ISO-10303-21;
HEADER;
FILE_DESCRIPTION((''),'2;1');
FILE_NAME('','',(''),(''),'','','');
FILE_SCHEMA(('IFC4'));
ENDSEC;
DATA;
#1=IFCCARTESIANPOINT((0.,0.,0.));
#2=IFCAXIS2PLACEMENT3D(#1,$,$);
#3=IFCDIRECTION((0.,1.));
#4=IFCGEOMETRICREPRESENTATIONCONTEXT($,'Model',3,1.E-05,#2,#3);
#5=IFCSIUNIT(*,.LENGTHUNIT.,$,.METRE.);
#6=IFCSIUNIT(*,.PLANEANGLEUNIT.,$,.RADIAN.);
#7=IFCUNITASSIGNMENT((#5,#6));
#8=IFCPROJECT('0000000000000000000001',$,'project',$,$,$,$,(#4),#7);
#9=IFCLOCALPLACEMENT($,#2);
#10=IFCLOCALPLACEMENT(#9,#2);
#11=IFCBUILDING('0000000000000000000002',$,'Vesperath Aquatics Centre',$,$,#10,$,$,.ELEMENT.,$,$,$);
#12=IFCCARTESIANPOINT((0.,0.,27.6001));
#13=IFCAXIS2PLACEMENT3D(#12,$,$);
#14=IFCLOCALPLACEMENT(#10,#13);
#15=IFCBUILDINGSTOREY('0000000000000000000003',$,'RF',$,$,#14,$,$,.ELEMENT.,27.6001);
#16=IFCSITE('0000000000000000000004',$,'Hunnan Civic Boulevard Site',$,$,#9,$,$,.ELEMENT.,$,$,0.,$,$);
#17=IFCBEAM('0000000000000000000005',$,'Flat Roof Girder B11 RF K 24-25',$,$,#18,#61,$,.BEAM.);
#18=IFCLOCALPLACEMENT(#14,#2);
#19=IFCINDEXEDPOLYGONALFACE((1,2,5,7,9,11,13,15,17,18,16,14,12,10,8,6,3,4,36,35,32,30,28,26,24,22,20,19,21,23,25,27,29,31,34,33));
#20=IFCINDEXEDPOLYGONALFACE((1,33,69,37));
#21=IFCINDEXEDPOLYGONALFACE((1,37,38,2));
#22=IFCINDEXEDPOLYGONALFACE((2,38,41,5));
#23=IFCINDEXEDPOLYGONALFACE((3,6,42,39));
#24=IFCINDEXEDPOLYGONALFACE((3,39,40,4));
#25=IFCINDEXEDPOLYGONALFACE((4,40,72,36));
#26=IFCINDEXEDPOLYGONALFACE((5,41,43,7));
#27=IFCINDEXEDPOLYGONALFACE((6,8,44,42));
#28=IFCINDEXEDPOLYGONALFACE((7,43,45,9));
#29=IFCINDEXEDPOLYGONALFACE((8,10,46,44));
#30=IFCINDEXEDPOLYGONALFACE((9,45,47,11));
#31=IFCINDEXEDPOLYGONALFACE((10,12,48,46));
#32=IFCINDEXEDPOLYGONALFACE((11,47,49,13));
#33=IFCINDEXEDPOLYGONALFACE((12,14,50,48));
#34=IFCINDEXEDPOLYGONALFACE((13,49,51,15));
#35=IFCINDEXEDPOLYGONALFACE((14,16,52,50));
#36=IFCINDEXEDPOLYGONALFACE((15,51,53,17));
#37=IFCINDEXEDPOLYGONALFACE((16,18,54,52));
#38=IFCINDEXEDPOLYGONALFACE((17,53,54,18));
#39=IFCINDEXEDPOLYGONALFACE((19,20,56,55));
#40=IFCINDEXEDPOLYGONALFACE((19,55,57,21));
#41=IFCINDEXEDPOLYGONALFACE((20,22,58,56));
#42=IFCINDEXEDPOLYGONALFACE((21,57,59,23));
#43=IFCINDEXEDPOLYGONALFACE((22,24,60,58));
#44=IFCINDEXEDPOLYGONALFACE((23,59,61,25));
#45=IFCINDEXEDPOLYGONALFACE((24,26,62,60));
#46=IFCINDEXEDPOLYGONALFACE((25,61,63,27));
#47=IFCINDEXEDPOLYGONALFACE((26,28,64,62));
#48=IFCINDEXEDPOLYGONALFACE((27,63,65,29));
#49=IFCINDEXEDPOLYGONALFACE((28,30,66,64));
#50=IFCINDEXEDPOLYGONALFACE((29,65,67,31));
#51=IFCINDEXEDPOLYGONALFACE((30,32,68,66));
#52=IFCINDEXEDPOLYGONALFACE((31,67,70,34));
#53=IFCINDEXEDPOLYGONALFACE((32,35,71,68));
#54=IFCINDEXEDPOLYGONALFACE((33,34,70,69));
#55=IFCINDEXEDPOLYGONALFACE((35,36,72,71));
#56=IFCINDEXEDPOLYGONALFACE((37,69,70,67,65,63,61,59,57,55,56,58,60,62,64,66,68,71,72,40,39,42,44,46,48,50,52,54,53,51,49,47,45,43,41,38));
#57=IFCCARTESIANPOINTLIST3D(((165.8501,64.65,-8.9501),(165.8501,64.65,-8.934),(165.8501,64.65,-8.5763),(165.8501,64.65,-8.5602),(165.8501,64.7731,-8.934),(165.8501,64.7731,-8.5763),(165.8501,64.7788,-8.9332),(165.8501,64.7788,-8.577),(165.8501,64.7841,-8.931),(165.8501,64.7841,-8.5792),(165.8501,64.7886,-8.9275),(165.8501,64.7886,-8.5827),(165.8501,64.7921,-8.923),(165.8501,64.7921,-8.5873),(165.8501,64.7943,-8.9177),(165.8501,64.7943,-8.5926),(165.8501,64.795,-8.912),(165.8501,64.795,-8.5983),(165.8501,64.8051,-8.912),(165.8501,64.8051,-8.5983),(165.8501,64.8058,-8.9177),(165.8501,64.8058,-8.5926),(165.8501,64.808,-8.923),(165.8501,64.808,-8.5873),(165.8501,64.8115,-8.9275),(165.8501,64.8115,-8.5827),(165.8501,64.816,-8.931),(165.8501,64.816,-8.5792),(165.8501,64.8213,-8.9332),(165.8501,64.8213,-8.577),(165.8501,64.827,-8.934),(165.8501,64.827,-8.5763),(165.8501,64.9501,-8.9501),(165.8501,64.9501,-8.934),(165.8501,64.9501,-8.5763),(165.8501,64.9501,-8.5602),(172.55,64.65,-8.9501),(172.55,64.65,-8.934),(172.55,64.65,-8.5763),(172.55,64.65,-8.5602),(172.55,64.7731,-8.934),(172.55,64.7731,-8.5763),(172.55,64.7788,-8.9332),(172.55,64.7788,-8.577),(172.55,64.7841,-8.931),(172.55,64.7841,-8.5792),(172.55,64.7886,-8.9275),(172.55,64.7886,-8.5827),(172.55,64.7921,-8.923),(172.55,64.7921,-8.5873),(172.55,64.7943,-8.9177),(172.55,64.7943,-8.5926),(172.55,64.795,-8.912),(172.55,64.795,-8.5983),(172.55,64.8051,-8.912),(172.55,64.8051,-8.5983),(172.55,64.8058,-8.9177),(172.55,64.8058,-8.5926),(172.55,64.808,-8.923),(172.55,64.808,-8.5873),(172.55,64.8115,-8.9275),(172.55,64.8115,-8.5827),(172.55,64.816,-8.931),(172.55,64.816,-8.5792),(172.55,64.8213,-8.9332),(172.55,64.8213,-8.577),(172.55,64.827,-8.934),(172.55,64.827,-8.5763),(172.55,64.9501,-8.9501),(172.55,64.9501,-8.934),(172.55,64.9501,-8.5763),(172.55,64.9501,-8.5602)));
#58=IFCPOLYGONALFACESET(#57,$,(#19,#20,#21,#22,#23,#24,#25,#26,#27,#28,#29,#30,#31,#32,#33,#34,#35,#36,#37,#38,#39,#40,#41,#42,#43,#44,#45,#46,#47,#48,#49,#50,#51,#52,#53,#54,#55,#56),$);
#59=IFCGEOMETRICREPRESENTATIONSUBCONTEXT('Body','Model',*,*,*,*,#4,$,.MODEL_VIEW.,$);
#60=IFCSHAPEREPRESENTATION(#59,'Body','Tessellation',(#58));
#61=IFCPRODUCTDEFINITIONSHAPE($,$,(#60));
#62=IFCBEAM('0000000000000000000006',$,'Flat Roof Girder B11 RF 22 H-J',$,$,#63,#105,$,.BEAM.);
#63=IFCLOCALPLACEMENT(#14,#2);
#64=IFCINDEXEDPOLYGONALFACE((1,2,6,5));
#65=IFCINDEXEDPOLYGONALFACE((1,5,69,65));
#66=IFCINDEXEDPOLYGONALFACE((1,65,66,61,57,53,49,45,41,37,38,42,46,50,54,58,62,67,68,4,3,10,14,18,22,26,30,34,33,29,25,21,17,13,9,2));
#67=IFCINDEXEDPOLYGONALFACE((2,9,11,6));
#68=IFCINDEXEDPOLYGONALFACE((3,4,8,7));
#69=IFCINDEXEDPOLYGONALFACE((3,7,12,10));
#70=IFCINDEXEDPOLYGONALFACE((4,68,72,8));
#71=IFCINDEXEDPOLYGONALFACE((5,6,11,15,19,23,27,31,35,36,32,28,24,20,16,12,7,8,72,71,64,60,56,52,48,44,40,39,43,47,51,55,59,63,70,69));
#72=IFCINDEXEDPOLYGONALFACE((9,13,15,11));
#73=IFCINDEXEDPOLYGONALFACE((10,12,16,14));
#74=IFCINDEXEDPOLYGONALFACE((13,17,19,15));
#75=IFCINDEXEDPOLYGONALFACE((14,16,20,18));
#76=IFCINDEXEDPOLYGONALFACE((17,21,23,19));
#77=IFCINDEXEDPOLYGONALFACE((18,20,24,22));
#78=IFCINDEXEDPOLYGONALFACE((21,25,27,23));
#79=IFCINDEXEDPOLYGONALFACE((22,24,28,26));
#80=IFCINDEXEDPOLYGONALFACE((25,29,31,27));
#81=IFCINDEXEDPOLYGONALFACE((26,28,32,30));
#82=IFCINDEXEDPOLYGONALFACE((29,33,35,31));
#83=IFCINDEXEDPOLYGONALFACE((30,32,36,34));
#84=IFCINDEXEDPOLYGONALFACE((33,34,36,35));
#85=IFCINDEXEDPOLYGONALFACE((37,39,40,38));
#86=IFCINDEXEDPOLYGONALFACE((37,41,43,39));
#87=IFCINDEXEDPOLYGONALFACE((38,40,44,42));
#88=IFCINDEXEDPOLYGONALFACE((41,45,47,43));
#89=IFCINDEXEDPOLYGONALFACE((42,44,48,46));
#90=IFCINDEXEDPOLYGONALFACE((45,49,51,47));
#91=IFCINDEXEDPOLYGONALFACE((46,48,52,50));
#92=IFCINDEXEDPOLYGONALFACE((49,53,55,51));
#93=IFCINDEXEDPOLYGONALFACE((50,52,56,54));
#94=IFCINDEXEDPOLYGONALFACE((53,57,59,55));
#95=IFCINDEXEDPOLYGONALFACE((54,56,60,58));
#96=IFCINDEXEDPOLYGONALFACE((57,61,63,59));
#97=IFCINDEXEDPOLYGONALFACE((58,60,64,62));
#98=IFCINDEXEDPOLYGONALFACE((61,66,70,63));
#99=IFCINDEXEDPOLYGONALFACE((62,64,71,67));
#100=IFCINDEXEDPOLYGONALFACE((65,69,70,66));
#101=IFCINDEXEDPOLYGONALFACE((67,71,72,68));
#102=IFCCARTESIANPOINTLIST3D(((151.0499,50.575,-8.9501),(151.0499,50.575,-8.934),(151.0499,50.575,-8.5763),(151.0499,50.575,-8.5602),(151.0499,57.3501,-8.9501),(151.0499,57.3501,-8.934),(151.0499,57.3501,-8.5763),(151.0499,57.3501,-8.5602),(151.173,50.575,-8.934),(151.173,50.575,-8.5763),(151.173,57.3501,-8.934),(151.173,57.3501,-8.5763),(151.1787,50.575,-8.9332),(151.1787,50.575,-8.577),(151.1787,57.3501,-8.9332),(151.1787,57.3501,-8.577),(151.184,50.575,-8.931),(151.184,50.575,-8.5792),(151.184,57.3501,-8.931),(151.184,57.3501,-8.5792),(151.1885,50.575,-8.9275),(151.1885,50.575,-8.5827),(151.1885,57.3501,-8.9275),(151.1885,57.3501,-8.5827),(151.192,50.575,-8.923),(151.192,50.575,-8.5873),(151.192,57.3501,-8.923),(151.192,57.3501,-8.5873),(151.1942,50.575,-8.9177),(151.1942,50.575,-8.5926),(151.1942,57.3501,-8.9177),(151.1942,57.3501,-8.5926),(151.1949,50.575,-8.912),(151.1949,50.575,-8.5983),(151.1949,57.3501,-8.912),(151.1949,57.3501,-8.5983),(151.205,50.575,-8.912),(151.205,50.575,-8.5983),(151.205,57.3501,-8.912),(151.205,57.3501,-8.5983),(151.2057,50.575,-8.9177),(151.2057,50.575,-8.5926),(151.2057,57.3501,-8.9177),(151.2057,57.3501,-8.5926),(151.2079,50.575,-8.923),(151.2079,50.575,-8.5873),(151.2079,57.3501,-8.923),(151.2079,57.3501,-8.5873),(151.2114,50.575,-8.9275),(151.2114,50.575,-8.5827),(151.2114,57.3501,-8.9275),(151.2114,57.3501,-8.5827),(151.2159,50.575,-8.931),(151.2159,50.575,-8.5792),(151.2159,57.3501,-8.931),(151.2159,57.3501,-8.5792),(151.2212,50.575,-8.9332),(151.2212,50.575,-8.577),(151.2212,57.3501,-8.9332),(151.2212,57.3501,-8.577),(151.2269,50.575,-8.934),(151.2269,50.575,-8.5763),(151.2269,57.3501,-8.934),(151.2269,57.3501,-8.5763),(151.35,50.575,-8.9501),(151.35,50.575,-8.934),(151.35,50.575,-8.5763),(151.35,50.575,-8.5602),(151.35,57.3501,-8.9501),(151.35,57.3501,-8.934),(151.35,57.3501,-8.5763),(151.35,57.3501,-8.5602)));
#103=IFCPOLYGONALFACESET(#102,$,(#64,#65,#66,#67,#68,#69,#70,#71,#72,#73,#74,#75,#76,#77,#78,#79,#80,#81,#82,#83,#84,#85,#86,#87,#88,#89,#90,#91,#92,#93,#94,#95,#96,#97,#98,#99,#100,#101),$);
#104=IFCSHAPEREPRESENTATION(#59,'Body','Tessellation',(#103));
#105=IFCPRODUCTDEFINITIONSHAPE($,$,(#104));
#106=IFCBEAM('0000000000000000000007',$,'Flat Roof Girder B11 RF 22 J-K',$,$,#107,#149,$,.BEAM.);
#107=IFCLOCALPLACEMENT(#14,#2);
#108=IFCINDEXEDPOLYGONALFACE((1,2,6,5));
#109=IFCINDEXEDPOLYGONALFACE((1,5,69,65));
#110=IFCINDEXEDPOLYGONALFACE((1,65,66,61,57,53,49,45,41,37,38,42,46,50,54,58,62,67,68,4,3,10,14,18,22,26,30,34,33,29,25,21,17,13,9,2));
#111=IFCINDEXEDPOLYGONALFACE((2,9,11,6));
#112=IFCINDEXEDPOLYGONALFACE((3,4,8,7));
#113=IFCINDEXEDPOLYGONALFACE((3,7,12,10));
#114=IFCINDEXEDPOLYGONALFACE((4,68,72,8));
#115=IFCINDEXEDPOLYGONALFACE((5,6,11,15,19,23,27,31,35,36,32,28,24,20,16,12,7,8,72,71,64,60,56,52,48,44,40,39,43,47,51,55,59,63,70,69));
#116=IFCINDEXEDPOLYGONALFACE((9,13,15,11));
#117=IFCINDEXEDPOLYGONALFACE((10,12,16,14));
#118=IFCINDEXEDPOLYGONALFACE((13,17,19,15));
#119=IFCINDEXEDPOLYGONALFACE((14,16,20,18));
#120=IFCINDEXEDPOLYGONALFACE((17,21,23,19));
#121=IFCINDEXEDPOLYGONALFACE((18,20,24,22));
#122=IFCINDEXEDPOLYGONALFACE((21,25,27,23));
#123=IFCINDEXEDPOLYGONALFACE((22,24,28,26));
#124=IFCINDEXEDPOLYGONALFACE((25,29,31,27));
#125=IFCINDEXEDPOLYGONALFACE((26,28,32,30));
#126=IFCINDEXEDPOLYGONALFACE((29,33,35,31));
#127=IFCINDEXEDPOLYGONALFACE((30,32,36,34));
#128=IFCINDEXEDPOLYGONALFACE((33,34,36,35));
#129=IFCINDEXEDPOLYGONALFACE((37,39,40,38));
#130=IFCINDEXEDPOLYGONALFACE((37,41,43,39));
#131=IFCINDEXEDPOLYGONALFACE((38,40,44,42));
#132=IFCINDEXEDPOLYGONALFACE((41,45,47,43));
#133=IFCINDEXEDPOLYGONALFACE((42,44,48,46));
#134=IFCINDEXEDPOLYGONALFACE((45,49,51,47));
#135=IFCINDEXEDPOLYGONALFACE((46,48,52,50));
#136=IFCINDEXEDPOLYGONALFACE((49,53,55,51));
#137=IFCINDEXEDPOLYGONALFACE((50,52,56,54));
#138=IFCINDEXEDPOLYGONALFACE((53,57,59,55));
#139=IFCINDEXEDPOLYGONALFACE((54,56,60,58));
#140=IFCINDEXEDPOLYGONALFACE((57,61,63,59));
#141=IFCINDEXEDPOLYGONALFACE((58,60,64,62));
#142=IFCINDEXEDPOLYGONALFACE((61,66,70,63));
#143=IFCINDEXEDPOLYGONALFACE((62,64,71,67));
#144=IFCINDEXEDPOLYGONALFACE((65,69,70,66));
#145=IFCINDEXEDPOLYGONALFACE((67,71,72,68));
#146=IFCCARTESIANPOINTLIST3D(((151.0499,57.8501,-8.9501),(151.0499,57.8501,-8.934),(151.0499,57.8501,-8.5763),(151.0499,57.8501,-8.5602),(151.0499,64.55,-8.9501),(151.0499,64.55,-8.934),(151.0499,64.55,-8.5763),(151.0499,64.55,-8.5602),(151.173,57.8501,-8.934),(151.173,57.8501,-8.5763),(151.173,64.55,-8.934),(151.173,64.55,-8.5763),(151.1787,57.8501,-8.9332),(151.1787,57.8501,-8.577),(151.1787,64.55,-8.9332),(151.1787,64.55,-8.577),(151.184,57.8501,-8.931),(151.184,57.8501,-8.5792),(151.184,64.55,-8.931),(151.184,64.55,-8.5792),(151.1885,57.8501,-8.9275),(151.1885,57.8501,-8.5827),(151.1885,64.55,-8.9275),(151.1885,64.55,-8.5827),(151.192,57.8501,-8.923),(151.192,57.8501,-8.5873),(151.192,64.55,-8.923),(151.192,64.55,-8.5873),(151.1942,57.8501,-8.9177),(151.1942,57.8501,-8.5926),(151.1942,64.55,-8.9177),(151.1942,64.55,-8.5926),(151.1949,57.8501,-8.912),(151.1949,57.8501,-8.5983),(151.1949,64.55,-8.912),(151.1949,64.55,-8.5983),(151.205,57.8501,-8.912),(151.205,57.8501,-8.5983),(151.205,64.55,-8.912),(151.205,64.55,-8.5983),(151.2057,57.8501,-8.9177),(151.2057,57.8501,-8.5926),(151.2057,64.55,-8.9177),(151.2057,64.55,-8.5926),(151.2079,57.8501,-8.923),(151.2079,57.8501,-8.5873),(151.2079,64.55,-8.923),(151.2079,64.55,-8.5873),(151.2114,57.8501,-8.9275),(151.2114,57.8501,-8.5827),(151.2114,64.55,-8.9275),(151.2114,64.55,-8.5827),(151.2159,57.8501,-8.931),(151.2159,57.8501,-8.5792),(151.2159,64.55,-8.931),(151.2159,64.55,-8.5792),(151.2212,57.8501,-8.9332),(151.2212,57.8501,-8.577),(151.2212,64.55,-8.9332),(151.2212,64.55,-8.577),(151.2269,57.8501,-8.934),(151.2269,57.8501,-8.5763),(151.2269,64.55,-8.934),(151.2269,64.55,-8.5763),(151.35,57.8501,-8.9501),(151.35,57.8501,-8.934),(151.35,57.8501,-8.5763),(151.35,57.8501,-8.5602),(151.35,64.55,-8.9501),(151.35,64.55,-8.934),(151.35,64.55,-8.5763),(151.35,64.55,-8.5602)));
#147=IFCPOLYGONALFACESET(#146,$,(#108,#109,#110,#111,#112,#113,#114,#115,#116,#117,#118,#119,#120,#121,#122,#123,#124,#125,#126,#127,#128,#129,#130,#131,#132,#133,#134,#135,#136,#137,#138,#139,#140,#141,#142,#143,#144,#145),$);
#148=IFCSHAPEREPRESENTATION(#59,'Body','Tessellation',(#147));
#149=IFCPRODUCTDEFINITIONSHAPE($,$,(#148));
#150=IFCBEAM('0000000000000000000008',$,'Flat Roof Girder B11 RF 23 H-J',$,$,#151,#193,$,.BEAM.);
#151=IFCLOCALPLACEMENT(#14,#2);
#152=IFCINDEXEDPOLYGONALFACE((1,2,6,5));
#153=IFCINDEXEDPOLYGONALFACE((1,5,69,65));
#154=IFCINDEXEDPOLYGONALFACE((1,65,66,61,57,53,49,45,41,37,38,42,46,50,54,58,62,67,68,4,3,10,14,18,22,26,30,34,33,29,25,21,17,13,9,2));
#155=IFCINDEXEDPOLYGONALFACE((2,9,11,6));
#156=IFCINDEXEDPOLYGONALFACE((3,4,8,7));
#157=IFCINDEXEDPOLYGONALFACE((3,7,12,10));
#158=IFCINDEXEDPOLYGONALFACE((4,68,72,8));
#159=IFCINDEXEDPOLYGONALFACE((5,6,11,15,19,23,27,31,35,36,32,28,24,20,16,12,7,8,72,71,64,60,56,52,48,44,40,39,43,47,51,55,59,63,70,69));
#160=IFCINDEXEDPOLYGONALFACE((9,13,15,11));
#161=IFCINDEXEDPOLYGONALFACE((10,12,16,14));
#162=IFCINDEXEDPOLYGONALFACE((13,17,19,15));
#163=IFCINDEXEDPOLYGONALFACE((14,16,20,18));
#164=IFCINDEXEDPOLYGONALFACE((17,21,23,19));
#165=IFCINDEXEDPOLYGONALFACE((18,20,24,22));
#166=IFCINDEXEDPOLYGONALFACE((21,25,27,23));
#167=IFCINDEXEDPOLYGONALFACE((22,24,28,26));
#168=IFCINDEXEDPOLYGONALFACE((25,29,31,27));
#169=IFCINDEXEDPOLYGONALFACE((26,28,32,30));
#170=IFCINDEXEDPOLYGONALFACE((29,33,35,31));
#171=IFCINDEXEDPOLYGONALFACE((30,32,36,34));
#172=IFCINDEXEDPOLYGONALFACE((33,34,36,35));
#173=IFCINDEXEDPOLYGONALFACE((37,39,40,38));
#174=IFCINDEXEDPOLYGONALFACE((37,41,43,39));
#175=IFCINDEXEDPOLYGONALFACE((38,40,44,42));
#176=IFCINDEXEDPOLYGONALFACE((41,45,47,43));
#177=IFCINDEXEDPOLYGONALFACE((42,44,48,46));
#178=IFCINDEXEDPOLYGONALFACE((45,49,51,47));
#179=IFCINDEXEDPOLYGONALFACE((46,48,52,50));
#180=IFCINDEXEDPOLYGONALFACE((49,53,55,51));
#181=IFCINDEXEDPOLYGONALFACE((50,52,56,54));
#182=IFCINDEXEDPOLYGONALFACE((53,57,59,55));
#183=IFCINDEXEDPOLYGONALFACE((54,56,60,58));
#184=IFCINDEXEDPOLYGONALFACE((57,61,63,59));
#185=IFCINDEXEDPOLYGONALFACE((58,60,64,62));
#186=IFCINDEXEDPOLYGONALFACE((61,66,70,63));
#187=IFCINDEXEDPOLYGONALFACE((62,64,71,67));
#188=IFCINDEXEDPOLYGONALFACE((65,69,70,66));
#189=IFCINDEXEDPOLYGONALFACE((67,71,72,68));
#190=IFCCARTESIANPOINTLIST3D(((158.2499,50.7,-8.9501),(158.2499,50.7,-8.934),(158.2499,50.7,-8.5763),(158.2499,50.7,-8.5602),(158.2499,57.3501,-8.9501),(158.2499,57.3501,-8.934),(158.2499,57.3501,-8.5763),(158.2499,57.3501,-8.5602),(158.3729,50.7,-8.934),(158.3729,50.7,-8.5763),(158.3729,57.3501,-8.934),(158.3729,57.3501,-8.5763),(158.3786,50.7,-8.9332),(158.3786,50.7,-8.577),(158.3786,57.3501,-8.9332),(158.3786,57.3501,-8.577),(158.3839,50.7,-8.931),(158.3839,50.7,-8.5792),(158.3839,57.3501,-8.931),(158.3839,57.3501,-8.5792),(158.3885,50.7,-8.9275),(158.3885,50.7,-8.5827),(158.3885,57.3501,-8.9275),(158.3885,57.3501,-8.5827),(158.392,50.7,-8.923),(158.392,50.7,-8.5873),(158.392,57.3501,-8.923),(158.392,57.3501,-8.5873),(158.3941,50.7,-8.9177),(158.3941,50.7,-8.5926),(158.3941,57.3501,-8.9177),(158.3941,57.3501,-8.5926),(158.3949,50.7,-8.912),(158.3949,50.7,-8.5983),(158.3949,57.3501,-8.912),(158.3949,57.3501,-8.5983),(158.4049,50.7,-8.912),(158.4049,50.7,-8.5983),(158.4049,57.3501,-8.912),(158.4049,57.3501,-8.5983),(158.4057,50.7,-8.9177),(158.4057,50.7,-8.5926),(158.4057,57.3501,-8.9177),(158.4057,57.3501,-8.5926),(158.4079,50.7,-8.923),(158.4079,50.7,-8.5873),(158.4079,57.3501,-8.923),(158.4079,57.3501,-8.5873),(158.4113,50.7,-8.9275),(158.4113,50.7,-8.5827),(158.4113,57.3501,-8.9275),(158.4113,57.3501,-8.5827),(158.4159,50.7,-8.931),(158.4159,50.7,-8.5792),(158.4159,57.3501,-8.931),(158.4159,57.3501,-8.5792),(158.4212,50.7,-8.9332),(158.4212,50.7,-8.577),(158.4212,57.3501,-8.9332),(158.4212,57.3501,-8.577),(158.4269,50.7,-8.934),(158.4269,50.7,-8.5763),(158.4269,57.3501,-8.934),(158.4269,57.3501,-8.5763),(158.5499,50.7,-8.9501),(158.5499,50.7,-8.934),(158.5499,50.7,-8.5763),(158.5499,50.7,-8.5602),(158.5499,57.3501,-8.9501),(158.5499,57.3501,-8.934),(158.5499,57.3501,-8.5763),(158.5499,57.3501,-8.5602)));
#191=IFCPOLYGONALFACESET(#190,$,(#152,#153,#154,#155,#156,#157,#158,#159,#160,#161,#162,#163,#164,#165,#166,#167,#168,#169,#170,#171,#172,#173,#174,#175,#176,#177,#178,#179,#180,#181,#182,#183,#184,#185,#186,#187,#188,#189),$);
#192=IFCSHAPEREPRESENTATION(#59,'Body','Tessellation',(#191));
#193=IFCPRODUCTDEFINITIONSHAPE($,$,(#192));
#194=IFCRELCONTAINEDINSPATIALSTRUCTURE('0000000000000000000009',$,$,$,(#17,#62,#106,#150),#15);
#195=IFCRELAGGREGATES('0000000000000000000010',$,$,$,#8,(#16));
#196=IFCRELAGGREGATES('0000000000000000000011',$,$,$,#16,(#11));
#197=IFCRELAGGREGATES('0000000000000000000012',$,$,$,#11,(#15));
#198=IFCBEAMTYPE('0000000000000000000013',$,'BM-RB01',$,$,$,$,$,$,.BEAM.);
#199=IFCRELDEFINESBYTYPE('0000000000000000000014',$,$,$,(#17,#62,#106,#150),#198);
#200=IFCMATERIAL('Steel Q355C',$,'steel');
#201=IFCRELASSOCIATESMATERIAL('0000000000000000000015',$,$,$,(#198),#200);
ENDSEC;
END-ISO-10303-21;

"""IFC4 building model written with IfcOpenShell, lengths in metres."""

from ifc_helpers import new_model, si_unit, direction, frame, origin, origin_2d, place, context, subcontext, project, spatial, i_section, extrude, material, material_profile, profile_set, type_object, element, save


model = new_model("IFC4")

# Units and contexts
model_context = context("Model", 3, precision=1e-05, world=origin(), true_north=direction((0.0, 1.0)))
body_context = subcontext(model_context, "Body", "Model", "MODEL_VIEW")
ifc_project = project(units=[si_unit("LENGTHUNIT", "METRE"), si_unit("PLANEANGLEUNIT", "RADIAN")], contexts=[model_context])

# Site, building, storey
site_placement = place(None, origin())
site = spatial("IfcSite", under=ifc_project, at=site_placement, Name="Hunnan Civic Boulevard Site", CompositionType="ELEMENT", RefElevation=0.0)
building_placement = place(site_placement, origin())
building = spatial("IfcBuilding", under=site, at=building_placement, Name="Vesperath Aquatics Centre", CompositionType="ELEMENT")
storey_placement = place(building_placement, frame((0.0, 0.0, 27.6001)))
storey = spatial("IfcBuildingStorey", under=building, at=storey_placement, Name="RF", CompositionType="ELEMENT", Elevation=27.6001)

# Beams
ifc_material = material(Name="Steel Q355C", Category="steel")
ifc_material_profile = material_profile(ifc_material, i_section(OverallWidth=0.3, OverallDepth=0.3899, WebThickness=0.01, FlangeThickness=0.0161, FilletRadius=0.022, at=origin_2d()), Name="HM 390x300x10x16")
ifc_profile_set = profile_set([ifc_material_profile], Name="Steel Q355C")
beam_type = type_object("IfcBeamType", Name="BM-RB01", PredefinedType="BEAM", material=ifc_profile_set)
for number, where, z_axis, x_axis, name in (
    (1, (165.8501, 64.8, -8.7551), (1.0, 0.0, 0.0), (0.0, 1.0, 0.0), "Flat Roof Girder B11 RF K 24-25"),
):
    element("IfcBeam", number, at=place(storey_placement, frame(where, z_axis=z_axis, x_axis=x_axis)), inside=storey, type_object=beam_type, Name=name, PredefinedType="BEAM", context=body_context, shape_type="SweptSolid", body=[
        extrude(i_section(OverallWidth=0.3, OverallDepth=0.3899, WebThickness=0.01, FlangeThickness=0.0161, FilletRadius=0.022, at=origin_2d()), origin(), (0.0, 0.0, 1.0), 6.7),
    ])
beam_1_placement = place(storey_placement, frame((151.2, 50.575, -8.7551), z_axis=(0.0, 1.0, 0.0), x_axis=(-1.0, 0.0, 0.0)))
element("IfcBeam", 2, at=beam_1_placement, inside=storey, type_object=beam_type, Name="Flat Roof Girder B11 RF 22 H-J", PredefinedType="BEAM", context=body_context, shape_type="SweptSolid", body=[
    extrude(i_section(OverallWidth=0.3, OverallDepth=0.3899, WebThickness=0.01, FlangeThickness=0.0161, FilletRadius=0.022, at=origin_2d()), origin(), (0.0, 0.0, 1.0), 6.7751),
])
beam_2_placement = place(storey_placement, frame((151.2, 57.8501, -8.7551), z_axis=(0.0, 1.0, 0.0), x_axis=(-1.0, 0.0, 0.0)))
element("IfcBeam", 3, at=beam_2_placement, inside=storey, type_object=beam_type, Name="Flat Roof Girder B11 RF 22 J-K", PredefinedType="BEAM", context=body_context, shape_type="SweptSolid", body=[
    extrude(i_section(OverallWidth=0.3, OverallDepth=0.3899, WebThickness=0.01, FlangeThickness=0.0161, FilletRadius=0.022, at=origin_2d()), origin(), (0.0, 0.0, 1.0), 6.7),
])
beam_3_placement = place(storey_placement, frame((158.3999, 50.7, -8.7551), z_axis=(0.0, 1.0, 0.0), x_axis=(-1.0, 0.0, 0.0)))
element("IfcBeam", 4, at=beam_3_placement, inside=storey, type_object=beam_type, Name="Flat Roof Girder B11 RF 23 H-J", PredefinedType="BEAM", context=body_context, shape_type="SweptSolid", body=[
    extrude(i_section(OverallWidth=0.3, OverallDepth=0.3899, WebThickness=0.01, FlangeThickness=0.0161, FilletRadius=0.022, at=origin_2d()), origin(), (0.0, 0.0, 1.0), 6.6501),
])

save(model, "model.ifc")
